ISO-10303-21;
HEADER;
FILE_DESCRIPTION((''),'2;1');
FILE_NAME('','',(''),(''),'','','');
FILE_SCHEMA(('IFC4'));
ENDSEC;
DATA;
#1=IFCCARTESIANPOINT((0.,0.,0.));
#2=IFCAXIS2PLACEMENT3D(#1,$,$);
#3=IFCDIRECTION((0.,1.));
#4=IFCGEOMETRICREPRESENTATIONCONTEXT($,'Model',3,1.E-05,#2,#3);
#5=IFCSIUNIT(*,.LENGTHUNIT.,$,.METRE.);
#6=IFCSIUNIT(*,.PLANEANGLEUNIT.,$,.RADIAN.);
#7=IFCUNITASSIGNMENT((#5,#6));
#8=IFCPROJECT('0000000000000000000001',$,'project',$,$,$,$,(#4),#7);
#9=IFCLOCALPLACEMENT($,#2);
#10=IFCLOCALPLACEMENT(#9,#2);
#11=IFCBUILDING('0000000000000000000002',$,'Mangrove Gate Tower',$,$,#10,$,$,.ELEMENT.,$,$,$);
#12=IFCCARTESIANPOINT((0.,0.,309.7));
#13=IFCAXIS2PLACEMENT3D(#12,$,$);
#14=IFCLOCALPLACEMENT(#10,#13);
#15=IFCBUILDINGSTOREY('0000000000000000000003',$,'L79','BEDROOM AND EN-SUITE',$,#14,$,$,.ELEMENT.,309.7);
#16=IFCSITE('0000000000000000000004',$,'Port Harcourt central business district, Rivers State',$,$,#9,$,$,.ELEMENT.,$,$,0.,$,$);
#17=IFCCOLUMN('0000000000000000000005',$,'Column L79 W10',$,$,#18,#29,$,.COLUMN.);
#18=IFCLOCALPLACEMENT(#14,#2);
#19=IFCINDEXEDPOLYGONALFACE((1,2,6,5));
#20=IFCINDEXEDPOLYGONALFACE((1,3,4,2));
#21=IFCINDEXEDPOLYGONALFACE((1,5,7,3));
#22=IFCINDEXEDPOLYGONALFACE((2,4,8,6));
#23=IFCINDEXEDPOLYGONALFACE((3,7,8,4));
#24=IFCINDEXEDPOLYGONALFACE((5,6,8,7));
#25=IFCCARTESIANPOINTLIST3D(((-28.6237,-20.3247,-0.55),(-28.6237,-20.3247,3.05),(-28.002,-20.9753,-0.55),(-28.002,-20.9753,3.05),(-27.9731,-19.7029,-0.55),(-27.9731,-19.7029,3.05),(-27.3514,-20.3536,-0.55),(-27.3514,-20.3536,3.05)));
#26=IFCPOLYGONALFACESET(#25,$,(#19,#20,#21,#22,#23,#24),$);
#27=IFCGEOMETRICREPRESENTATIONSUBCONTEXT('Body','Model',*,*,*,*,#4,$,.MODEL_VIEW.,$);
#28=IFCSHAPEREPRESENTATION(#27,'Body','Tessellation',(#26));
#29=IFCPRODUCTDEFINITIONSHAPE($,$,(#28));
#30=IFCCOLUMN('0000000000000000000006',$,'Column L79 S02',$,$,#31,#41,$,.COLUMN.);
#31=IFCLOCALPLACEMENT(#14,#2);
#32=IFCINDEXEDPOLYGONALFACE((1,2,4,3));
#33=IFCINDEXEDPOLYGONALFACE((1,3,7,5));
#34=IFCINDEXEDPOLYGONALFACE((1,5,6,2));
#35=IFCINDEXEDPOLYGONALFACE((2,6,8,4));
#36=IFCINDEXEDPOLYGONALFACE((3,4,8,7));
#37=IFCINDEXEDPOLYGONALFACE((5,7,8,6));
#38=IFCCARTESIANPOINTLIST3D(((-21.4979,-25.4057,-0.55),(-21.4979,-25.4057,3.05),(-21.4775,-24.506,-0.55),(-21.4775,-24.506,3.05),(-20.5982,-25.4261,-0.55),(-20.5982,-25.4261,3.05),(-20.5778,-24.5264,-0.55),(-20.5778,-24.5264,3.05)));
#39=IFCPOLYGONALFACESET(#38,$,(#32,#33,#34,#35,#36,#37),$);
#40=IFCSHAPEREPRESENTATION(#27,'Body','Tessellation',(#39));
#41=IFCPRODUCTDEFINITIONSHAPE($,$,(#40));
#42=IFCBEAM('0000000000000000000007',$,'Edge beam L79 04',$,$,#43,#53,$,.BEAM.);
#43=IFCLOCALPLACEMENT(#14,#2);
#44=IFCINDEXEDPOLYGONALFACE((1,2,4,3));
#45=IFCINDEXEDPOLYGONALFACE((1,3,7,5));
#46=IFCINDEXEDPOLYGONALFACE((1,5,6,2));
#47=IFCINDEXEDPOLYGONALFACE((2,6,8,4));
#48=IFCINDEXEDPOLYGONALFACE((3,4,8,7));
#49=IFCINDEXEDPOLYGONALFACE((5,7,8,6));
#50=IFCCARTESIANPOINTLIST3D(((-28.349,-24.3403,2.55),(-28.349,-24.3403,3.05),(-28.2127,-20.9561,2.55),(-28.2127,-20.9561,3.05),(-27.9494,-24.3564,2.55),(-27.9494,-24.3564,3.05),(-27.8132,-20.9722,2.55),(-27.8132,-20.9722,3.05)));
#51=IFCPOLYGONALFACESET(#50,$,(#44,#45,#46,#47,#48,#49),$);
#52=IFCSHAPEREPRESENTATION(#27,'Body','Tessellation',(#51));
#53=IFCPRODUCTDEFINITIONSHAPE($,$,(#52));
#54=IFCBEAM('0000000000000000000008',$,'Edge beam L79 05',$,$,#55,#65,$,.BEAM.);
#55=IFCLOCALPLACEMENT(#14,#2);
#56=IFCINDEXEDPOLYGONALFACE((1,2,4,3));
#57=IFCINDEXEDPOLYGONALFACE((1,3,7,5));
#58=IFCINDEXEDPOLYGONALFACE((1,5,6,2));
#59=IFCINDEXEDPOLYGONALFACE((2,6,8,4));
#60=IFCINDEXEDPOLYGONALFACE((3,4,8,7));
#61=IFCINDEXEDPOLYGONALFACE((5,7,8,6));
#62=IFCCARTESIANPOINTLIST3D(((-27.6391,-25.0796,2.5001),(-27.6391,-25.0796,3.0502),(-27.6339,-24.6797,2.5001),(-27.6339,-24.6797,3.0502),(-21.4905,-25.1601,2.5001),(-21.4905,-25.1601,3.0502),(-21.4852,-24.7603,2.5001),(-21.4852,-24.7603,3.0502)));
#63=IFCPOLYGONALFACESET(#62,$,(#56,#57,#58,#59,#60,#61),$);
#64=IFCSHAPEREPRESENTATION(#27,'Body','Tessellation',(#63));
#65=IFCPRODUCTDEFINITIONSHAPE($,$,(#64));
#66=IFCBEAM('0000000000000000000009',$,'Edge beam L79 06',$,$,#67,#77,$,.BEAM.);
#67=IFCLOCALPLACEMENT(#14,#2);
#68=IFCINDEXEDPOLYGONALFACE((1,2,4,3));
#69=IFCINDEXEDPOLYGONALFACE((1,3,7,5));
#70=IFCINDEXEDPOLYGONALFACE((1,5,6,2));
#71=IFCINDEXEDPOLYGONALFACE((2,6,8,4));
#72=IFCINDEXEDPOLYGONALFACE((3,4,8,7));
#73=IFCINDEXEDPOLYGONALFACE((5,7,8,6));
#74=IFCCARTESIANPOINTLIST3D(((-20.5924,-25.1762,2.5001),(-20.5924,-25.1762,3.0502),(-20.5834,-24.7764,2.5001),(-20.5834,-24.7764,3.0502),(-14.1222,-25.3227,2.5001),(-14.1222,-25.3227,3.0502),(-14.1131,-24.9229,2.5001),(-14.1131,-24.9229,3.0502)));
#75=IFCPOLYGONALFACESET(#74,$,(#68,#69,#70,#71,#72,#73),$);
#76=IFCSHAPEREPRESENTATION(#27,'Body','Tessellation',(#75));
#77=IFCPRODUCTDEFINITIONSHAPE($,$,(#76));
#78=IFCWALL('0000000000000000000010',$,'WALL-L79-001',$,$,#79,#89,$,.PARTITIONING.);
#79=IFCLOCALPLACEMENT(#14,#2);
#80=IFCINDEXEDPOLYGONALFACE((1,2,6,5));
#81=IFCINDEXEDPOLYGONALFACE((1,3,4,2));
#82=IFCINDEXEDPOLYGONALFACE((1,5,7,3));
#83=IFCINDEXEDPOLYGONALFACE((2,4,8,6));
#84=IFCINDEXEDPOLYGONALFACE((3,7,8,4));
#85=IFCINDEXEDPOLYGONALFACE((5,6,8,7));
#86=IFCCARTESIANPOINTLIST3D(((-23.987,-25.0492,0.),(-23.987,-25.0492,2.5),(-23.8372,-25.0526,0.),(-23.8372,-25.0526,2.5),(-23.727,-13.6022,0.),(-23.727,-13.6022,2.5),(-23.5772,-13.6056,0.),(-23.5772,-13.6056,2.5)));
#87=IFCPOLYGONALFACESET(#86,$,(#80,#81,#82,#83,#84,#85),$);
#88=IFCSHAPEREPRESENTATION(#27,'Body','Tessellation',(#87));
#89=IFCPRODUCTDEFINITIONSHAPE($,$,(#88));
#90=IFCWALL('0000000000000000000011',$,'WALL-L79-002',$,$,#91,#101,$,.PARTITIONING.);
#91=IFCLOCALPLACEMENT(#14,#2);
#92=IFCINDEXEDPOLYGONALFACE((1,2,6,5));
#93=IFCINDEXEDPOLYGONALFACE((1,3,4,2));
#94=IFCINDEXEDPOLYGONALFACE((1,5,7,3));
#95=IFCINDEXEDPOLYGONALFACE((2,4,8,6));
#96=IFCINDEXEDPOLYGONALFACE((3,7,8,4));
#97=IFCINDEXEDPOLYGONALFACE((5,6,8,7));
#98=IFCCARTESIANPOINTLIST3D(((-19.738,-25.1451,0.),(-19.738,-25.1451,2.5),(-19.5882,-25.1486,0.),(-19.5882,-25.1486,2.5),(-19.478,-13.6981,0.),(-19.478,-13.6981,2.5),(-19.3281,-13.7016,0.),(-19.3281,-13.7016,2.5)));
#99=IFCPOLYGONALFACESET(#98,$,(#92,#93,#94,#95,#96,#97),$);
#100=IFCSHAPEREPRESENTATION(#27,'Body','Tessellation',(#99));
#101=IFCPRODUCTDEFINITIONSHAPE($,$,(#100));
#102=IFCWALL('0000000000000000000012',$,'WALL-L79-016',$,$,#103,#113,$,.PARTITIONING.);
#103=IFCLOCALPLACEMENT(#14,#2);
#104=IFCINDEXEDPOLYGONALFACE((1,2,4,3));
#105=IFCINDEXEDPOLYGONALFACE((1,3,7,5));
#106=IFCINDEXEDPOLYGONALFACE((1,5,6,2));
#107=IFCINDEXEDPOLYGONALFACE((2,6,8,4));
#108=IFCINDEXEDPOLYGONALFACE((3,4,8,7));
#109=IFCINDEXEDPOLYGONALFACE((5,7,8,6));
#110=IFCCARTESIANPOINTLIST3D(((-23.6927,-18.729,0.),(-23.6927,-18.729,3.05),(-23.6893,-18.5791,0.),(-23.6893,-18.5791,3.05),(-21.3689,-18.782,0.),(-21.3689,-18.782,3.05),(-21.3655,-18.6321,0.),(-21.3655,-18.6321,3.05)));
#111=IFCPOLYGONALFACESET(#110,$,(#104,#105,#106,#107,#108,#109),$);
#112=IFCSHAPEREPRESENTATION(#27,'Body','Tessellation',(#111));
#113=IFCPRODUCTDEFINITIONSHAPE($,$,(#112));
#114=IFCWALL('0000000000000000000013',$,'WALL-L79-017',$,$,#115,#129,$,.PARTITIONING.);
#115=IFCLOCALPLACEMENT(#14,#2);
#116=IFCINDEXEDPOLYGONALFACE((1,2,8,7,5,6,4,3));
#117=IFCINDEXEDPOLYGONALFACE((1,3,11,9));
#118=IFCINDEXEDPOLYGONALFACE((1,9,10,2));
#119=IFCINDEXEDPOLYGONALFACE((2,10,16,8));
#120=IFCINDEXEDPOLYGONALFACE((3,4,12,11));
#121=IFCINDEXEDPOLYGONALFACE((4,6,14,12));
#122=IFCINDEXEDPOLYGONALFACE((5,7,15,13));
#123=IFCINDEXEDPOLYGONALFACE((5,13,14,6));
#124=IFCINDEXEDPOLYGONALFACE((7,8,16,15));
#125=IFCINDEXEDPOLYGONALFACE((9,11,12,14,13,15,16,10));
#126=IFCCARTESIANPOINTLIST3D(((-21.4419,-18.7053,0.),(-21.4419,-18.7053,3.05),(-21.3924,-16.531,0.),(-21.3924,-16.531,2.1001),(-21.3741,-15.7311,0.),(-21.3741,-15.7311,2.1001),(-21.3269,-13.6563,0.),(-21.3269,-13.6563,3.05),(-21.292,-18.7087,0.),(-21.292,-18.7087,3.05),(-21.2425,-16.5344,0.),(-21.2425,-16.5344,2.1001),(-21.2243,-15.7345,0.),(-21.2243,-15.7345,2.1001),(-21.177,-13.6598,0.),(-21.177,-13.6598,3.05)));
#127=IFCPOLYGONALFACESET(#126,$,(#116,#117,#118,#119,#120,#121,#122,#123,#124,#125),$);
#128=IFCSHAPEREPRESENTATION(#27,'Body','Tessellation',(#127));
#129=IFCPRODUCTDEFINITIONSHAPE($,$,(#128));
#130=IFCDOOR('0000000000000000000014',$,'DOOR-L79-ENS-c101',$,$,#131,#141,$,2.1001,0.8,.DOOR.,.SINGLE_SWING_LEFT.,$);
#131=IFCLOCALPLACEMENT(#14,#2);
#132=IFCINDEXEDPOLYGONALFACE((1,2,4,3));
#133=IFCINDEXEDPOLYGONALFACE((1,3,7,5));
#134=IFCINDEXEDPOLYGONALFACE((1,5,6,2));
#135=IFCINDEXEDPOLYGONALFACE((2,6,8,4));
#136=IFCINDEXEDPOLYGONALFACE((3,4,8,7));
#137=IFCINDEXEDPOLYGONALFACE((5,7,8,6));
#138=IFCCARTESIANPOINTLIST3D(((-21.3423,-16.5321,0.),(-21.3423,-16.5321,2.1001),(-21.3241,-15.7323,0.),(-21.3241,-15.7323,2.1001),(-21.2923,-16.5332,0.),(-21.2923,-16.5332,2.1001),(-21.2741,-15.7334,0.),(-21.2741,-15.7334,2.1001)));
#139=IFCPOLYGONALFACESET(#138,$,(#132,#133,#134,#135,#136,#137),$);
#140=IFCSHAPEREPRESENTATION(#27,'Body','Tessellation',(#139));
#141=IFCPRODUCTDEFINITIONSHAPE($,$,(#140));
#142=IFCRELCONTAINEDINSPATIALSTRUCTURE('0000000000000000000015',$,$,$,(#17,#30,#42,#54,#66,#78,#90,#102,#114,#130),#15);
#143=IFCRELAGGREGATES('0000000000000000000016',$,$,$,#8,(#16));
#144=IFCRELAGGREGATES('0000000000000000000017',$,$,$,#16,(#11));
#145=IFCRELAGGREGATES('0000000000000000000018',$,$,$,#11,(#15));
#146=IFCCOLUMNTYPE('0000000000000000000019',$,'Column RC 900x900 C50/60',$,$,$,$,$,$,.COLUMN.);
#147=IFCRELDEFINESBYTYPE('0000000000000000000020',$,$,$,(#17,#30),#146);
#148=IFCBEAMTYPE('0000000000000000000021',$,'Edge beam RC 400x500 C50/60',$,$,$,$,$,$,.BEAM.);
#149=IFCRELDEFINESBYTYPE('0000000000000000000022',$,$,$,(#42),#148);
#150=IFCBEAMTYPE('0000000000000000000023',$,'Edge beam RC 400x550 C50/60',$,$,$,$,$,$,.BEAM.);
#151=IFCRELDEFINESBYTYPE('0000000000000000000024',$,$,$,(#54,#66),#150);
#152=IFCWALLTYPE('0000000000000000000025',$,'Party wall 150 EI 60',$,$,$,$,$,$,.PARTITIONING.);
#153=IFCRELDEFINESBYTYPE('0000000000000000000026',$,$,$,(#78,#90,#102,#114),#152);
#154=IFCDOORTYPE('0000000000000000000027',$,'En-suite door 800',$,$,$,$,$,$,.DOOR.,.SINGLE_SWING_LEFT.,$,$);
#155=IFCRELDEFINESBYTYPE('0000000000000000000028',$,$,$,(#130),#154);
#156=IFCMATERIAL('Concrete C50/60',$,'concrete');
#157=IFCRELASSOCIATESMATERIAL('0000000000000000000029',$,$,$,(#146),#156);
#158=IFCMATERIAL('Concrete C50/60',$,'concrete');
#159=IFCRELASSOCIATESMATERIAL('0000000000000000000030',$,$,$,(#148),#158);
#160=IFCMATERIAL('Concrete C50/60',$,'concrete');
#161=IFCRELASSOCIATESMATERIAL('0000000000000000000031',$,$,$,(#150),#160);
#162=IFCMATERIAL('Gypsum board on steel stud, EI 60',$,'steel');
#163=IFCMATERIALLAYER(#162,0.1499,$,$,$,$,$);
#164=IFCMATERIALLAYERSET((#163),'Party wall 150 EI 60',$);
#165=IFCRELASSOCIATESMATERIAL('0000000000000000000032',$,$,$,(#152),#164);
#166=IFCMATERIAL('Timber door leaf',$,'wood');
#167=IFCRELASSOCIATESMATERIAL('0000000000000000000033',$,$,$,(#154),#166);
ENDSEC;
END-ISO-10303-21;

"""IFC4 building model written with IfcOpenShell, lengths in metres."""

from ifc_helpers import new_model, si_unit, direction, frame, frame_2d, origin, origin_2d, place, context, subcontext, project, spatial, rectangle, extrude, material, layer, layer_set, material_profile, profile_set, type_object, element, fill, save


model = new_model("IFC4")

# Units and contexts
model_context = context("Model", 3, precision=1e-05, world=origin(), true_north=direction((0.0, 1.0)))
body_context = subcontext(model_context, "Body", "Model", "MODEL_VIEW")
ifc_project = project(units=[si_unit("LENGTHUNIT", "METRE"), si_unit("PLANEANGLEUNIT", "RADIAN")], contexts=[model_context])

# Site, building, storey
site_placement = place(None, origin())
site = spatial("IfcSite", under=ifc_project, at=site_placement, Name="Port Harcourt central business district, Rivers State", CompositionType="ELEMENT", RefElevation=0.0)
building_placement = place(site_placement, origin())
building = spatial("IfcBuilding", under=site, at=building_placement, Name="Mangrove Gate Tower", CompositionType="ELEMENT")
storey_placement = place(building_placement, frame((0.0, 0.0, 309.7)))
storey = spatial("IfcBuildingStorey", under=building, at=storey_placement, Name="L79", Description="BEDROOM AND EN-SUITE", CompositionType="ELEMENT", Elevation=309.7)

# Columns
ifc_material_1 = material(Name="Concrete C50/60", Category="concrete")
ifc_material_profile_1 = material_profile(ifc_material_1, rectangle(XDim=0.8999, YDim=0.8999, at=origin_2d()))
ifc_profile_set_1 = profile_set([ifc_material_profile_1], Name="Concrete C50/60")
column_type = type_object("IfcColumnType", Name="Column RC 900x900 C50/60", PredefinedType="COLUMN", material=ifc_profile_set_1)
for number, where, z_axis, x_axis, name in (
    (1, (-27.9875, -20.3391, -0.55), (0.0, 0.0, 1.0), (0.690863, -0.722986, 0.0), "Column L79 W10"),
    (2, (-21.0378, -24.9661, -0.55), (0.0, 0.0, 1.0), (0.999743, -0.022655, 0.0), "Column L79 S02"),
):
    element("IfcColumn", number, at=place(storey_placement, frame(where, z_axis=z_axis, x_axis=x_axis)), inside=storey, type_object=column_type, Name=name, PredefinedType="COLUMN", context=body_context, shape_type="SweptSolid", body=[
        extrude(rectangle(XDim=0.8999, YDim=0.8999, at=origin_2d()), origin(), (0.0, 0.0, 1.0), 3.6001),
    ])

# Beams
ifc_material_2 = material(Name="Concrete C50/60", Category="concrete")
ifc_material_profile_2 = material_profile(ifc_material_2, rectangle(XDim=0.3999, YDim=0.5, at=origin_2d()))
ifc_profile_set_2 = profile_set([ifc_material_profile_2], Name="Concrete C50/60")
beam_type_1 = type_object("IfcBeamType", Name="Edge beam RC 400x500 C50/60", PredefinedType="BEAM", material=ifc_profile_set_2)
beam_1_placement = place(storey_placement, frame((-28.0129, -20.9641, 2.8), z_axis=(-0.040221, -0.999191, 0.0), x_axis=(0.999191, -0.040221, 0.0)))
element("IfcBeam", 3, at=beam_1_placement, inside=storey, type_object=beam_type_1, Name="Edge beam L79 04", PredefinedType="BEAM", context=body_context, shape_type="SweptSolid", body=[
    extrude(rectangle(XDim=0.3999, YDim=0.5, at=origin_2d()), origin(), (0.0, 0.0, 1.0), 3.387),
])
ifc_material_3 = material(Name="Concrete C50/60", Category="concrete")
ifc_material_profile_3 = material_profile(ifc_material_3, rectangle(XDim=0.3999, YDim=0.55, at=origin_2d()))
ifc_profile_set_3 = profile_set([ifc_material_profile_3], Name="Concrete C50/60")
beam_type_2 = type_object("IfcBeamType", Name="Edge beam RC 400x550 C50/60", PredefinedType="BEAM", material=ifc_profile_set_3)
beam_2_placement = place(storey_placement, frame((-27.6365, -24.8796, 2.7751), z_axis=(0.999914, -0.013102, 0.0), x_axis=(0.013102, 0.999914, 0.0)))
element("IfcBeam", 4, at=beam_2_placement, inside=storey, type_object=beam_type_2, Name="Edge beam L79 05", PredefinedType="BEAM", context=body_context, shape_type="SweptSolid", body=[
    extrude(rectangle(XDim=0.3999, YDim=0.55, at=origin_2d()), origin(), (0.0, 0.0, 1.0), 6.1492),
])
beam_3_placement = place(storey_placement, frame((-20.5879, -24.9763, 2.7751), z_axis=(0.999744, -0.022634, 0.0), x_axis=(0.022634, 0.999744, 0.0)))
element("IfcBeam", 5, at=beam_3_placement, inside=storey, type_object=beam_type_2, Name="Edge beam L79 06", PredefinedType="BEAM", context=body_context, shape_type="SweptSolid", body=[
    extrude(rectangle(XDim=0.3999, YDim=0.55, at=origin_2d()), origin(), (0.0, 0.0, 1.0), 6.4719),
])

# Walls
ifc_material_4 = material(Name="Gypsum board on steel stud, EI 60", Category="steel")
ifc_layer = layer(ifc_material_4, 0.1499)
ifc_layer_set = layer_set([ifc_layer], Name="Party wall 150 EI 60")
wall_type = type_object("IfcWallType", Name="Party wall 150 EI 60", PredefinedType="PARTITIONING", material=ifc_layer_set)
for number, where, z_axis, x_axis, name in (
    (6, (-23.9121, -25.051, 0.0), (0.0, 0.0, 1.0), (0.022708, 0.999742, 0.0), "WALL-L79-001"),
    (7, (-19.6631, -25.147, 0.0), (0.0, 0.0, 1.0), (0.022708, 0.999742, 0.0), "WALL-L79-002"),
):
    element("IfcWall", number, at=place(storey_placement, frame(where, z_axis=z_axis, x_axis=x_axis)), inside=storey, type_object=wall_type, Name=name, PredefinedType="PARTITIONING", context=body_context, shape_type="SweptSolid", body=[
        extrude(rectangle(XDim=11.45, YDim=0.1499, at=frame_2d((5.7251, 0.0))), origin(), (0.0, 0.0, 1.0), 2.5),
    ])
wall_1_placement = place(storey_placement, frame((-23.6909, -18.6541, 0.0), z_axis=(0.0, 0.0, 1.0), x_axis=(0.99974, -0.022791, 0.0)))
element("IfcWall", 8, at=wall_1_placement, inside=storey, type_object=wall_type, Name="WALL-L79-016", PredefinedType="PARTITIONING", context=body_context, shape_type="SweptSolid", body=[
    extrude(rectangle(XDim=2.3245, YDim=0.1499, at=frame_2d((1.1621, 0.0))), origin(), (0.0, 0.0, 1.0), 3.05),
])

# Wall, opening, door
wall_2_placement = place(storey_placement, frame((-21.3669, -18.707, 0.0), z_axis=(0.0, 0.0, 1.0), x_axis=(0.022769, 0.999741, 0.0)))
wall_2 = element("IfcWall", 9, at=wall_2_placement, inside=storey, type_object=wall_type, Name="WALL-L79-017", PredefinedType="PARTITIONING", context=body_context, shape_type="SweptSolid", body=[
    extrude(rectangle(XDim=5.0503, YDim=0.1499, at=frame_2d((2.5251, 0.0))), origin(), (0.0, 0.0, 1.0), 3.05),
])
opening_placement = place(wall_2_placement, frame((2.175, 0.0, 0.0)))
opening = element("IfcOpeningElement", 10, at=opening_placement, cuts=wall_2, PredefinedType="OPENING", context=body_context, shape_type="SweptSolid", body=[
    extrude(rectangle(XDim=0.8, YDim=2.1001, at=frame_2d((0.3999, 1.05))), frame((0.0, 0.085, 0.0), z_axis=(0.0, -1.0, 0.0), x_axis=(1.0, 0.0, 0.0)), (0.0, 0.0, 1.0), 0.1699),
])
ifc_material_5 = material(Name="Timber door leaf", Category="wood")
door_type = type_object("IfcDoorType", Name="En-suite door 800", OperationType="SINGLE_SWING_LEFT", PredefinedType="DOOR", material=ifc_material_5)
door_placement = place(opening_placement, origin())
door = element("IfcDoor", 11, at=door_placement, inside=storey, type_object=door_type, Name="DOOR-L79-ENS-c101", OperationType="SINGLE_SWING_LEFT", OverallHeight=2.1001, OverallWidth=0.8, PredefinedType="DOOR", context=body_context, shape_type="SweptSolid", body=[
    extrude(rectangle(XDim=0.8, YDim=2.1001, at=frame_2d((0.3999, 1.05))), frame((0.0, 0.0249, 0.0), z_axis=(0.0, -1.0, 0.0), x_axis=(1.0, 0.0, 0.0)), (0.0, 0.0, 1.0), 0.05),
])
fill(opening, door)

save(model, "model.ifc")
